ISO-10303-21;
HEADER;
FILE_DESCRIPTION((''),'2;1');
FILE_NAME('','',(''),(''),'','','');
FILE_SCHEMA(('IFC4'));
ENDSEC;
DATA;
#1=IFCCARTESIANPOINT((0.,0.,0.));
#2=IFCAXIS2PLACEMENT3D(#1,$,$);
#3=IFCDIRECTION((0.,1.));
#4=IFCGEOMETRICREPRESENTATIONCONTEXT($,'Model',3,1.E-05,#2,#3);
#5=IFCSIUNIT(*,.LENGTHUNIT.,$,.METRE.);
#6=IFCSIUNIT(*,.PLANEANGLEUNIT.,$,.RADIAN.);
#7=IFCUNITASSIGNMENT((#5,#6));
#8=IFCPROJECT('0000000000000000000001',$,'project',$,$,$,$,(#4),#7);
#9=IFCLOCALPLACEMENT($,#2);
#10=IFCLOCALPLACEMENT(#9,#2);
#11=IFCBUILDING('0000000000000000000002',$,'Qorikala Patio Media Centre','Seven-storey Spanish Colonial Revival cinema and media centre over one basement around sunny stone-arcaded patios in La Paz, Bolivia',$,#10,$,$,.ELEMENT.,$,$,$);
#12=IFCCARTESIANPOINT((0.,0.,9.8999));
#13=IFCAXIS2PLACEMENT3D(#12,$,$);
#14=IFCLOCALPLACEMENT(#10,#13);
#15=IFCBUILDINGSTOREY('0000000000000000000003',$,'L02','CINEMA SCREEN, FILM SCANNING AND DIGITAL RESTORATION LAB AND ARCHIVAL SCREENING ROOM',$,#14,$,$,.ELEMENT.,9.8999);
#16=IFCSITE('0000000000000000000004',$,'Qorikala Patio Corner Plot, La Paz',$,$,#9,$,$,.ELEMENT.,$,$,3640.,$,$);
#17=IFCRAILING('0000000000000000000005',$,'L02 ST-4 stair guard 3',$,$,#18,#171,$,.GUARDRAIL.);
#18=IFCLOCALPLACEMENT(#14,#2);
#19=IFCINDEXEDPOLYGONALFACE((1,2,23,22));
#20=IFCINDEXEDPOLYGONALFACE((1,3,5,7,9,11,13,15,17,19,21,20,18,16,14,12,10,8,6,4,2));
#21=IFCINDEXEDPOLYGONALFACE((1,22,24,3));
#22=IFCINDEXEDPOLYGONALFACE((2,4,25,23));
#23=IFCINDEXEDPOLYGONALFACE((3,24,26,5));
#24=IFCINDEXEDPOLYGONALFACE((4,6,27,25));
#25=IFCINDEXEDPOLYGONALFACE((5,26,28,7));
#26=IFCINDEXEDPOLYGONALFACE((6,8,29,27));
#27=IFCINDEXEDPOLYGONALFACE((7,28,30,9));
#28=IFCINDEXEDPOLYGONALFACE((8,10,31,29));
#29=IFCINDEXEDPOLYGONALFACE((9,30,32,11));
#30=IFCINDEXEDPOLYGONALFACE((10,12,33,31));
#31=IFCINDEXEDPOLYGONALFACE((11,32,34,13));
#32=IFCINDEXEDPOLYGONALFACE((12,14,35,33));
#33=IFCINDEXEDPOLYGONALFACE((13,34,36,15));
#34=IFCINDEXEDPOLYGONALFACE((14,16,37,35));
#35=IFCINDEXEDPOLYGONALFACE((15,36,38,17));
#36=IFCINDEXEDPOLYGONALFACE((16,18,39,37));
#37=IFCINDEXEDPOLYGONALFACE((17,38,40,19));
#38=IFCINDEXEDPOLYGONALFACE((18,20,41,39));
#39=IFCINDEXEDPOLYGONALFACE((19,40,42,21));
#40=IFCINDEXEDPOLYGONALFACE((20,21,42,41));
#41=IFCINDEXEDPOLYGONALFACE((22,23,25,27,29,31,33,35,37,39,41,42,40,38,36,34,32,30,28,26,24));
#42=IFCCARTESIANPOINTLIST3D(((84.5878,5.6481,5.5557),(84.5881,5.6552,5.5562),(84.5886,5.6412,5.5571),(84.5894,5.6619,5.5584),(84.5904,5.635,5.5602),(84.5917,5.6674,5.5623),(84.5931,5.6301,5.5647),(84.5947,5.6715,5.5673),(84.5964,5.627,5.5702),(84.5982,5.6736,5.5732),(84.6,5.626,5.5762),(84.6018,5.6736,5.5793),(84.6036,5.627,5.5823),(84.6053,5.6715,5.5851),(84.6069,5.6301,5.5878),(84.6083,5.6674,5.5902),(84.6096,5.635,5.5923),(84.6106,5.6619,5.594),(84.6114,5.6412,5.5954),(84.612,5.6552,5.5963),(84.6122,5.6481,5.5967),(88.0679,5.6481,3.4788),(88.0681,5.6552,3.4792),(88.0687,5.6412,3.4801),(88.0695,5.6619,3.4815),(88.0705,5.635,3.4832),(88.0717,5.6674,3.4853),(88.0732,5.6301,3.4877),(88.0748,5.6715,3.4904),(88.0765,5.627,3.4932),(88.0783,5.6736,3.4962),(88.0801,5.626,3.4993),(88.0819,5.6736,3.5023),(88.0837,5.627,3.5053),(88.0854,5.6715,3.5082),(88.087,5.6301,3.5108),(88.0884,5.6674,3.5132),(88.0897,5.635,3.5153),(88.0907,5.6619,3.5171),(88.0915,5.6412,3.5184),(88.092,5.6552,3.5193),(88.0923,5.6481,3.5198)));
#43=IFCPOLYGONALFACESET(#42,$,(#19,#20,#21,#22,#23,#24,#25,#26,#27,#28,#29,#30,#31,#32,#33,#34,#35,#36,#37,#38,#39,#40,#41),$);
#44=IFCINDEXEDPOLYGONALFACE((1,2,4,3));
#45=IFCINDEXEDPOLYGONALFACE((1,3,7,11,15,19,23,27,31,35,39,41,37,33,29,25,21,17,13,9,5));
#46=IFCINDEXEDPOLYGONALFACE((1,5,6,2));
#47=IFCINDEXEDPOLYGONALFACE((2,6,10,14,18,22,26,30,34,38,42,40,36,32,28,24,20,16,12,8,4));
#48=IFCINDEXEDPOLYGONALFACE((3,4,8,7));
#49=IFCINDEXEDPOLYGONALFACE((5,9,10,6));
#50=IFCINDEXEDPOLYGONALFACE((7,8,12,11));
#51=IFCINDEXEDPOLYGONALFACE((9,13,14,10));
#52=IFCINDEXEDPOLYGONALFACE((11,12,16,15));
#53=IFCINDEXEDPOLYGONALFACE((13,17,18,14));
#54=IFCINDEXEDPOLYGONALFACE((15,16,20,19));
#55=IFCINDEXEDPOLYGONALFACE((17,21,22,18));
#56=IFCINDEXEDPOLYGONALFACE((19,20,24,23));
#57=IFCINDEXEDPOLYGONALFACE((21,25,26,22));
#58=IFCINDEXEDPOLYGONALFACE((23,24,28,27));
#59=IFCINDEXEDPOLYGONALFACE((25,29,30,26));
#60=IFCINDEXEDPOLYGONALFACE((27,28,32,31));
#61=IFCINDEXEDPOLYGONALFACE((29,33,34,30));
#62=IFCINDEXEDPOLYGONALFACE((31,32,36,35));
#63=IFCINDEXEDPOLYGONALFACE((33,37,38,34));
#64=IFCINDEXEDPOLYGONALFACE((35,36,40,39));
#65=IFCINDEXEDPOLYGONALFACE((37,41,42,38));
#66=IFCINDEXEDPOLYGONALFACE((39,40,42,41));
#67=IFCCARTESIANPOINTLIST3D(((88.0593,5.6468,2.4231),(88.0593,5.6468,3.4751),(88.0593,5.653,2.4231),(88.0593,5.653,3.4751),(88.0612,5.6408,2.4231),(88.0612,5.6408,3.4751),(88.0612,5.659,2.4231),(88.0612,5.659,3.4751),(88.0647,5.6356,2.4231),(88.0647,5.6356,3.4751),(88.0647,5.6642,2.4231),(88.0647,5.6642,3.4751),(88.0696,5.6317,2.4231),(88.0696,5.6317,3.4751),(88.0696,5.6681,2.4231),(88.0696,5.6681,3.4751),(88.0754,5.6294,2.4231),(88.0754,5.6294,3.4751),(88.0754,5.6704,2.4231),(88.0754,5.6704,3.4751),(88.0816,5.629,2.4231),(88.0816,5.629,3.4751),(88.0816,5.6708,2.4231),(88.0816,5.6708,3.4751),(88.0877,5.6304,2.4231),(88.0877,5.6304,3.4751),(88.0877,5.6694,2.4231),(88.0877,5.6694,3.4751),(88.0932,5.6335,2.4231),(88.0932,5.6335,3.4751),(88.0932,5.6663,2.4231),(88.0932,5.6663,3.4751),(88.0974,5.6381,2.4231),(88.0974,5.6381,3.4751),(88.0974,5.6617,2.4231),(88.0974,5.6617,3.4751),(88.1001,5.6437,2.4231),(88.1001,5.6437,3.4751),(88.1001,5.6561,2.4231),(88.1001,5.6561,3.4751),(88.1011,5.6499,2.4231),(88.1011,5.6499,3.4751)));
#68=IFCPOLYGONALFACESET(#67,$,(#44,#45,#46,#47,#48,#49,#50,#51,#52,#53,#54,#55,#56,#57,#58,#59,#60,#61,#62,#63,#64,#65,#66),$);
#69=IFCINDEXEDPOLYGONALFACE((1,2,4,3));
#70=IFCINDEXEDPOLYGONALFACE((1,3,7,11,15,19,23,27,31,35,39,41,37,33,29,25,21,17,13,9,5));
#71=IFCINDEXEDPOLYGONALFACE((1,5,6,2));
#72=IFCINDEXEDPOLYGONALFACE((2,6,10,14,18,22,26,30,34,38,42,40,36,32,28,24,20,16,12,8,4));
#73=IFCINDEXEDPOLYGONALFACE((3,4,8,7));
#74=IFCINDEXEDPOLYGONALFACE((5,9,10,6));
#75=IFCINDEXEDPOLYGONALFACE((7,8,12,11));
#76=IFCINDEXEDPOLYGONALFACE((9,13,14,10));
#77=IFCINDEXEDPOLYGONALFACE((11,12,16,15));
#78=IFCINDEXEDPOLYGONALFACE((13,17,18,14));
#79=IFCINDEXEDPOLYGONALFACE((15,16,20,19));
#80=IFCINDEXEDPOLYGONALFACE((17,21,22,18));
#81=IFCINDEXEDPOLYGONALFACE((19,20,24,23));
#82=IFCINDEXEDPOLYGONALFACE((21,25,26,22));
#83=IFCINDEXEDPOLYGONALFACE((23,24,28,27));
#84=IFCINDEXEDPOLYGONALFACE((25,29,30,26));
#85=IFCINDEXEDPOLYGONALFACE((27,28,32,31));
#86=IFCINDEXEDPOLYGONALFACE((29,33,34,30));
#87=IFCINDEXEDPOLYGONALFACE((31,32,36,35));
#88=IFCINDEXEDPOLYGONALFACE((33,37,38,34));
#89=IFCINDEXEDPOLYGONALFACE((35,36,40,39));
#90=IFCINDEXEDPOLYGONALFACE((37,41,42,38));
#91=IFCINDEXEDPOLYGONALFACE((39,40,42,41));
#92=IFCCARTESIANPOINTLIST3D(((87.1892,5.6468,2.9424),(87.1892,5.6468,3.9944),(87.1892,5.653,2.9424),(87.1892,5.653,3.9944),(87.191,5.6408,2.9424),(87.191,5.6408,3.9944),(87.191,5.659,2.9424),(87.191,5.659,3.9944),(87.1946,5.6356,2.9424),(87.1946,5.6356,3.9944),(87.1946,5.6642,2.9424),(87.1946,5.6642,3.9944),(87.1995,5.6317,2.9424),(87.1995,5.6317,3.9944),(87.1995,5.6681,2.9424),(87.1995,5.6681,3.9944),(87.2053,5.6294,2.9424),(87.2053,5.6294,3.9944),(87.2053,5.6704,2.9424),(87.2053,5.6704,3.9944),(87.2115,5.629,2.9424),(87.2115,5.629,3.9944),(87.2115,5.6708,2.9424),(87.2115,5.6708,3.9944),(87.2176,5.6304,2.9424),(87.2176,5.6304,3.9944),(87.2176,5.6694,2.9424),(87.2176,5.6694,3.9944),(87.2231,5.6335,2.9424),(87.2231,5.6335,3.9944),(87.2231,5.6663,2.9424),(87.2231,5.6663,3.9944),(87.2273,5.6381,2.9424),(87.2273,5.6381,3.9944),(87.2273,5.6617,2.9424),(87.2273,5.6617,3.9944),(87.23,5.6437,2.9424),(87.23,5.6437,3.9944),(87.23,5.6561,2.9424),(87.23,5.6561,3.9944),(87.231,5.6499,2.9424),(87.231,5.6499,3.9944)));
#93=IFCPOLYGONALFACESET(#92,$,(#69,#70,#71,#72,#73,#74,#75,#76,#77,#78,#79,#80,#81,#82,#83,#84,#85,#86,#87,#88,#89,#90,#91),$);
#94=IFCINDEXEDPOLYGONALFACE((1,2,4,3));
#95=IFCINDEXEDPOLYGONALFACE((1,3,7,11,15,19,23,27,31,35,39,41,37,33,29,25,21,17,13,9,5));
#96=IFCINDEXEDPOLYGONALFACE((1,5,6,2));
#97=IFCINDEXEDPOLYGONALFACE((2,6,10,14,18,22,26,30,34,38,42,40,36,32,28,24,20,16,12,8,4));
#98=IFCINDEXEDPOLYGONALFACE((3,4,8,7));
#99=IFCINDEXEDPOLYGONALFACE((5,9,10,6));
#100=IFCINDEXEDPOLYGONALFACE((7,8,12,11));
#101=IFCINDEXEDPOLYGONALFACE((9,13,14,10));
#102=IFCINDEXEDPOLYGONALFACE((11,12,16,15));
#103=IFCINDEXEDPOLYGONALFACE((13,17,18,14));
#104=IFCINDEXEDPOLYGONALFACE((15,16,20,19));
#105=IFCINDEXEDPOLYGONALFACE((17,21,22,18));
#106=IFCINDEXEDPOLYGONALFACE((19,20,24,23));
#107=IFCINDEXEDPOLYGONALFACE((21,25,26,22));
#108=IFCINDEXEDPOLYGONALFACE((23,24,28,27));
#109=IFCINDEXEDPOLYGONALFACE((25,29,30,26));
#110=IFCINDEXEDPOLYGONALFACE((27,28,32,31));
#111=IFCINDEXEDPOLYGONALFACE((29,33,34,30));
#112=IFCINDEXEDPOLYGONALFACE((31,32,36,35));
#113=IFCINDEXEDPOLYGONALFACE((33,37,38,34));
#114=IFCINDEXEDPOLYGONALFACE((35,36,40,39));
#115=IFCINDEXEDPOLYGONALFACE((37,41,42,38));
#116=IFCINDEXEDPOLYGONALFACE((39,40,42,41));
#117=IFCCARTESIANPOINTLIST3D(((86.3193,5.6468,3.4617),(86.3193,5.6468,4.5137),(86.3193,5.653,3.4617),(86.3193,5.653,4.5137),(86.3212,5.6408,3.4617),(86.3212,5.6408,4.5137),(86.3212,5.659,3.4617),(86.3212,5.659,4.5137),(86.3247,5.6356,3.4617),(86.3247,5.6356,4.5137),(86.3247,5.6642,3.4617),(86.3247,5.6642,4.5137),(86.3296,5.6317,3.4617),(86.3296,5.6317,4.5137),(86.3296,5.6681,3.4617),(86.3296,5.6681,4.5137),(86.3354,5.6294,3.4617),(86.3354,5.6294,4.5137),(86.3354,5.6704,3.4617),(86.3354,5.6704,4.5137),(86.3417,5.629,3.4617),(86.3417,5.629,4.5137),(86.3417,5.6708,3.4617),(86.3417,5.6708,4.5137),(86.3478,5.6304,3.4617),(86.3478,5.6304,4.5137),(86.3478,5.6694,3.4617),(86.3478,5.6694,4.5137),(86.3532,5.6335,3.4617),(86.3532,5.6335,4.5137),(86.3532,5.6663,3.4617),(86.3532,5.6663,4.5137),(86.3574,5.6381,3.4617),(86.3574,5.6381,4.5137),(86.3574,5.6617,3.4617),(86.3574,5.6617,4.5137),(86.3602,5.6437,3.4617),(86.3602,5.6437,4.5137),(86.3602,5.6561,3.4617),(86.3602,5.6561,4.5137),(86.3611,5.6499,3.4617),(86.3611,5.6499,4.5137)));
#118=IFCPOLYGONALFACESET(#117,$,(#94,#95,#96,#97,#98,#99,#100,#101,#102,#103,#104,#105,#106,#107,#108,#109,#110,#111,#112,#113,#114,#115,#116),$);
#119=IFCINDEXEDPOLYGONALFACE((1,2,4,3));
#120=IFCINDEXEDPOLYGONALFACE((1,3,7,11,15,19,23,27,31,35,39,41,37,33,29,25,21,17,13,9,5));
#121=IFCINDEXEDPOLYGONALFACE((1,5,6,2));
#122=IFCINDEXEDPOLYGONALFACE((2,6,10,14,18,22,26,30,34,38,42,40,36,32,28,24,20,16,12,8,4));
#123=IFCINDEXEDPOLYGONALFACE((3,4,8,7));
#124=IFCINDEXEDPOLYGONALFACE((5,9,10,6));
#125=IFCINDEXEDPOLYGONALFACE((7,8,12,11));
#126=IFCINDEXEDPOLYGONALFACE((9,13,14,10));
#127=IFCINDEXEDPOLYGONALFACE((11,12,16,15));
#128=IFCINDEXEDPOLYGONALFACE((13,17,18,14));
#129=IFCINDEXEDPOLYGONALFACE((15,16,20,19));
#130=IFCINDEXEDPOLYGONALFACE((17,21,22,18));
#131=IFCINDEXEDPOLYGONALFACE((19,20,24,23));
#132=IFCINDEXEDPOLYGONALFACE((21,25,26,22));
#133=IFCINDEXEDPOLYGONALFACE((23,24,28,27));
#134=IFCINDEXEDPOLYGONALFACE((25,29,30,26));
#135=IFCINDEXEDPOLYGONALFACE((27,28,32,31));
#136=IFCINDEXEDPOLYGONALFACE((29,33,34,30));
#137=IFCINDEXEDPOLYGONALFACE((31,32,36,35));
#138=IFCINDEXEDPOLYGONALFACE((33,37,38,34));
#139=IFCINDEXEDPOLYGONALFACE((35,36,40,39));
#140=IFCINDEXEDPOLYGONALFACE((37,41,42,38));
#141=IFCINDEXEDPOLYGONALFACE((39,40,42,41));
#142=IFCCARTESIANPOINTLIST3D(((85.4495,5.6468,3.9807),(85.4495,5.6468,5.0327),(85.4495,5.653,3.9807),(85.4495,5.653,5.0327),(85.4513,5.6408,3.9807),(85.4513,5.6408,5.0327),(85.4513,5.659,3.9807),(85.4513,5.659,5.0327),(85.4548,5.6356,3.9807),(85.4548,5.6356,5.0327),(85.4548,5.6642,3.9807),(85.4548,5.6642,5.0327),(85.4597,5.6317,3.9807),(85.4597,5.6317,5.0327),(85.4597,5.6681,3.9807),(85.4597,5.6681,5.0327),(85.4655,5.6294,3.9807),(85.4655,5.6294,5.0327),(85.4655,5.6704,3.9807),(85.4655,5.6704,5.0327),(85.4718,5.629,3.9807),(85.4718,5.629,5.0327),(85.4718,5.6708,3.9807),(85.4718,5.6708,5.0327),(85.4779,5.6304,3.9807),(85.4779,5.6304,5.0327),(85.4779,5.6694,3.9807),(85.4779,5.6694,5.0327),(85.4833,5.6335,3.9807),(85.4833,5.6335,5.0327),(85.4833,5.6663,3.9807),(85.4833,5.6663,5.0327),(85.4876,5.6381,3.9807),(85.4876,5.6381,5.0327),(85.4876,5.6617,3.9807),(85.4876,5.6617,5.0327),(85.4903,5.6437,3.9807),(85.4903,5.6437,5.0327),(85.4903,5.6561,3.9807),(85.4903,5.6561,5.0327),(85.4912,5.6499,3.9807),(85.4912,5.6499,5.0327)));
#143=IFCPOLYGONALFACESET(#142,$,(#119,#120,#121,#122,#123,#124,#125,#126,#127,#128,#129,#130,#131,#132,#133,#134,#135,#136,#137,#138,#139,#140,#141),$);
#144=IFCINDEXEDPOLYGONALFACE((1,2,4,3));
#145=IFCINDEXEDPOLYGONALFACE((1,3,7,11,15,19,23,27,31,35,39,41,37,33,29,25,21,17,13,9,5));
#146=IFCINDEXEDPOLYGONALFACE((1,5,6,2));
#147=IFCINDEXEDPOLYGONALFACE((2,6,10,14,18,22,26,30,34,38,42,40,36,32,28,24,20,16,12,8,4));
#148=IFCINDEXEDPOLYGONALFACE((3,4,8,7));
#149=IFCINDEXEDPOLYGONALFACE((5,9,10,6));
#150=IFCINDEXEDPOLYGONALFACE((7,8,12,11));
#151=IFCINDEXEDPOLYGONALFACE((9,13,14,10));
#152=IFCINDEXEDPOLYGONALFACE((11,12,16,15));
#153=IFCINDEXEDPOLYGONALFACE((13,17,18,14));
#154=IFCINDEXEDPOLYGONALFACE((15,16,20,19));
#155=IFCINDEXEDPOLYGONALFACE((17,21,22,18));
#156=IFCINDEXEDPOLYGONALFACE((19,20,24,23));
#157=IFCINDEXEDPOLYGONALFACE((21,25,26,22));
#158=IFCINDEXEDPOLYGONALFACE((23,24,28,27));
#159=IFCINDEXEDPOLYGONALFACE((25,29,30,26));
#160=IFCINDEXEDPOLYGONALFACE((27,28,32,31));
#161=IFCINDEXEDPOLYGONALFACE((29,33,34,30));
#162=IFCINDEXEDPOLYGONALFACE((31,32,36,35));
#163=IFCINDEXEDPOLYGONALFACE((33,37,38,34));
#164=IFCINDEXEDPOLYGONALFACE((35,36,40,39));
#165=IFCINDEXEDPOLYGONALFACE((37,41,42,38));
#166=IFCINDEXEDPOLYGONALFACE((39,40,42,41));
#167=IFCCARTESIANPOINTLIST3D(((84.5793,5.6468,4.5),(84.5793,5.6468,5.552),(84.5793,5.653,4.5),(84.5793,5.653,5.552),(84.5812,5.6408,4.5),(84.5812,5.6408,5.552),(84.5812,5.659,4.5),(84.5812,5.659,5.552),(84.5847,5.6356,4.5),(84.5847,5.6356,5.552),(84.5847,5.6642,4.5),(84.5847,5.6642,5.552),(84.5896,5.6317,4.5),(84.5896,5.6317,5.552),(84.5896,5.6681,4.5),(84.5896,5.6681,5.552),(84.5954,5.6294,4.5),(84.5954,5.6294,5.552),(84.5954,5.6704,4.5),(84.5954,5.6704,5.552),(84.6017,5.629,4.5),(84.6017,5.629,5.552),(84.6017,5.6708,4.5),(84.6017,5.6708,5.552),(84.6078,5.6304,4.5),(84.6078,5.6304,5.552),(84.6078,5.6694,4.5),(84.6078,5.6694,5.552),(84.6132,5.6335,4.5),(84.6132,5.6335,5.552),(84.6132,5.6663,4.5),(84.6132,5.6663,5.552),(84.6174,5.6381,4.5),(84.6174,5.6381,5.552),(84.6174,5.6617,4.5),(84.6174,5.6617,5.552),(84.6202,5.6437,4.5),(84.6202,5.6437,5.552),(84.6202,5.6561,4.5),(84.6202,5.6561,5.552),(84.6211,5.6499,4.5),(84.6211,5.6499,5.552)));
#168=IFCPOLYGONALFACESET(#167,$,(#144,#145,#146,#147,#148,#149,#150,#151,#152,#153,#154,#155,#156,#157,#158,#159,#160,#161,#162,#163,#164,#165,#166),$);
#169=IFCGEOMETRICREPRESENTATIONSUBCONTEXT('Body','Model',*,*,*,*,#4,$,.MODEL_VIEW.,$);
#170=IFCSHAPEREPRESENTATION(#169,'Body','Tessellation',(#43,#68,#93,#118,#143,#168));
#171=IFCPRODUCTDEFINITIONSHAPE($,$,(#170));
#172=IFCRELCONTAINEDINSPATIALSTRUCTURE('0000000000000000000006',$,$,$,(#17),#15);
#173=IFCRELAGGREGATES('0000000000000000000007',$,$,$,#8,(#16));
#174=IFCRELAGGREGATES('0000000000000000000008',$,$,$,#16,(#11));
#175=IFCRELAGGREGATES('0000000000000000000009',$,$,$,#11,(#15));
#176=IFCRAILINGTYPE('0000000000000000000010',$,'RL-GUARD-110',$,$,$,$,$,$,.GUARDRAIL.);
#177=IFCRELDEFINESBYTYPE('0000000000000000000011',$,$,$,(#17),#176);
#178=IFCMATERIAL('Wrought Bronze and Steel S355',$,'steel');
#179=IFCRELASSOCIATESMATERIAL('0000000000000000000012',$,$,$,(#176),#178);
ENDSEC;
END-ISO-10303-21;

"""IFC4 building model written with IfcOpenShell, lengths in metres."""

from ifc_helpers import new_model, si_unit, direction, frame, origin, origin_2d, place, context, subcontext, project, spatial, circle, extrude, material, type_object, element, save


model = new_model("IFC4")

# Units and contexts
model_context = context("Model", 3, precision=1e-05, world=origin(), true_north=direction((0.0, 1.0)))
body_context = subcontext(model_context, "Body", "Model", "MODEL_VIEW")
ifc_project = project(units=[si_unit("LENGTHUNIT", "METRE"), si_unit("PLANEANGLEUNIT", "RADIAN")], contexts=[model_context])

# Site, building, storey
site_placement = place(None, origin())
site = spatial("IfcSite", under=ifc_project, at=site_placement, Name="Qorikala Patio Corner Plot, La Paz", CompositionType="ELEMENT", RefElevation=3640.0)
building_placement = place(site_placement, origin())
building = spatial("IfcBuilding", under=site, at=building_placement, Name="Qorikala Patio Media Centre", Description="Seven-storey Spanish Colonial Revival cinema and media centre over one basement around sunny stone-arcaded patios in La Paz, Bolivia", CompositionType="ELEMENT")
storey_placement = place(building_placement, frame((0.0, 0.0, 9.8999)))
storey = spatial("IfcBuildingStorey", under=building, at=storey_placement, Name="L02", Description="CINEMA SCREEN, FILM SCANNING AND DIGITAL RESTORATION LAB AND ARCHIVAL SCREENING ROOM", CompositionType="ELEMENT", Elevation=9.8999)

# Railing
ifc_material_1 = material(Name="Wrought Bronze and Steel S355", Category="steel")
railing_type_1 = type_object("IfcRailingType", Name="RL-GUARD-110", PredefinedType="GUARDRAIL", material=ifc_material_1)
railing_1_placement = place(storey_placement, frame((88.0801, 5.6499, 2.4231)))
element("IfcRailing", 1, at=railing_1_placement, inside=storey, type_object=railing_type_1, Name="L02 ST-4 stair guard 3", PredefinedType="GUARDRAIL", context=body_context, shape_type="SweptSolid", body=[
    extrude(circle(Radius=0.0239, at=origin_2d()), frame((0.0, 0.0, 1.0762), z_axis=(-0.858697, 0.0, 0.512483), x_axis=(0.0, -1.0, 0.0)), (0.0, 0.0, 1.0), 4.0527),
    extrude(circle(Radius=0.021, at=origin_2d()), origin(), (0.0, 0.0, 1.0), 1.052),
    extrude(circle(Radius=0.021, at=origin_2d()), frame((-0.8701, 0.0, 0.5193)), (0.0, 0.0, 1.0), 1.052),
    extrude(circle(Radius=0.021, at=origin_2d()), frame((-1.74, 0.0, 1.0386)), (0.0, 0.0, 1.0), 1.052),
    extrude(circle(Radius=0.021, at=origin_2d()), frame((-2.6099, 0.0, 1.5576)), (0.0, 0.0, 1.0), 1.052),
    extrude(circle(Radius=0.021, at=origin_2d()), frame((-3.48, 0.0, 2.0769)), (0.0, 0.0, 1.0), 1.052),
])

save(model, "model.ifc")
